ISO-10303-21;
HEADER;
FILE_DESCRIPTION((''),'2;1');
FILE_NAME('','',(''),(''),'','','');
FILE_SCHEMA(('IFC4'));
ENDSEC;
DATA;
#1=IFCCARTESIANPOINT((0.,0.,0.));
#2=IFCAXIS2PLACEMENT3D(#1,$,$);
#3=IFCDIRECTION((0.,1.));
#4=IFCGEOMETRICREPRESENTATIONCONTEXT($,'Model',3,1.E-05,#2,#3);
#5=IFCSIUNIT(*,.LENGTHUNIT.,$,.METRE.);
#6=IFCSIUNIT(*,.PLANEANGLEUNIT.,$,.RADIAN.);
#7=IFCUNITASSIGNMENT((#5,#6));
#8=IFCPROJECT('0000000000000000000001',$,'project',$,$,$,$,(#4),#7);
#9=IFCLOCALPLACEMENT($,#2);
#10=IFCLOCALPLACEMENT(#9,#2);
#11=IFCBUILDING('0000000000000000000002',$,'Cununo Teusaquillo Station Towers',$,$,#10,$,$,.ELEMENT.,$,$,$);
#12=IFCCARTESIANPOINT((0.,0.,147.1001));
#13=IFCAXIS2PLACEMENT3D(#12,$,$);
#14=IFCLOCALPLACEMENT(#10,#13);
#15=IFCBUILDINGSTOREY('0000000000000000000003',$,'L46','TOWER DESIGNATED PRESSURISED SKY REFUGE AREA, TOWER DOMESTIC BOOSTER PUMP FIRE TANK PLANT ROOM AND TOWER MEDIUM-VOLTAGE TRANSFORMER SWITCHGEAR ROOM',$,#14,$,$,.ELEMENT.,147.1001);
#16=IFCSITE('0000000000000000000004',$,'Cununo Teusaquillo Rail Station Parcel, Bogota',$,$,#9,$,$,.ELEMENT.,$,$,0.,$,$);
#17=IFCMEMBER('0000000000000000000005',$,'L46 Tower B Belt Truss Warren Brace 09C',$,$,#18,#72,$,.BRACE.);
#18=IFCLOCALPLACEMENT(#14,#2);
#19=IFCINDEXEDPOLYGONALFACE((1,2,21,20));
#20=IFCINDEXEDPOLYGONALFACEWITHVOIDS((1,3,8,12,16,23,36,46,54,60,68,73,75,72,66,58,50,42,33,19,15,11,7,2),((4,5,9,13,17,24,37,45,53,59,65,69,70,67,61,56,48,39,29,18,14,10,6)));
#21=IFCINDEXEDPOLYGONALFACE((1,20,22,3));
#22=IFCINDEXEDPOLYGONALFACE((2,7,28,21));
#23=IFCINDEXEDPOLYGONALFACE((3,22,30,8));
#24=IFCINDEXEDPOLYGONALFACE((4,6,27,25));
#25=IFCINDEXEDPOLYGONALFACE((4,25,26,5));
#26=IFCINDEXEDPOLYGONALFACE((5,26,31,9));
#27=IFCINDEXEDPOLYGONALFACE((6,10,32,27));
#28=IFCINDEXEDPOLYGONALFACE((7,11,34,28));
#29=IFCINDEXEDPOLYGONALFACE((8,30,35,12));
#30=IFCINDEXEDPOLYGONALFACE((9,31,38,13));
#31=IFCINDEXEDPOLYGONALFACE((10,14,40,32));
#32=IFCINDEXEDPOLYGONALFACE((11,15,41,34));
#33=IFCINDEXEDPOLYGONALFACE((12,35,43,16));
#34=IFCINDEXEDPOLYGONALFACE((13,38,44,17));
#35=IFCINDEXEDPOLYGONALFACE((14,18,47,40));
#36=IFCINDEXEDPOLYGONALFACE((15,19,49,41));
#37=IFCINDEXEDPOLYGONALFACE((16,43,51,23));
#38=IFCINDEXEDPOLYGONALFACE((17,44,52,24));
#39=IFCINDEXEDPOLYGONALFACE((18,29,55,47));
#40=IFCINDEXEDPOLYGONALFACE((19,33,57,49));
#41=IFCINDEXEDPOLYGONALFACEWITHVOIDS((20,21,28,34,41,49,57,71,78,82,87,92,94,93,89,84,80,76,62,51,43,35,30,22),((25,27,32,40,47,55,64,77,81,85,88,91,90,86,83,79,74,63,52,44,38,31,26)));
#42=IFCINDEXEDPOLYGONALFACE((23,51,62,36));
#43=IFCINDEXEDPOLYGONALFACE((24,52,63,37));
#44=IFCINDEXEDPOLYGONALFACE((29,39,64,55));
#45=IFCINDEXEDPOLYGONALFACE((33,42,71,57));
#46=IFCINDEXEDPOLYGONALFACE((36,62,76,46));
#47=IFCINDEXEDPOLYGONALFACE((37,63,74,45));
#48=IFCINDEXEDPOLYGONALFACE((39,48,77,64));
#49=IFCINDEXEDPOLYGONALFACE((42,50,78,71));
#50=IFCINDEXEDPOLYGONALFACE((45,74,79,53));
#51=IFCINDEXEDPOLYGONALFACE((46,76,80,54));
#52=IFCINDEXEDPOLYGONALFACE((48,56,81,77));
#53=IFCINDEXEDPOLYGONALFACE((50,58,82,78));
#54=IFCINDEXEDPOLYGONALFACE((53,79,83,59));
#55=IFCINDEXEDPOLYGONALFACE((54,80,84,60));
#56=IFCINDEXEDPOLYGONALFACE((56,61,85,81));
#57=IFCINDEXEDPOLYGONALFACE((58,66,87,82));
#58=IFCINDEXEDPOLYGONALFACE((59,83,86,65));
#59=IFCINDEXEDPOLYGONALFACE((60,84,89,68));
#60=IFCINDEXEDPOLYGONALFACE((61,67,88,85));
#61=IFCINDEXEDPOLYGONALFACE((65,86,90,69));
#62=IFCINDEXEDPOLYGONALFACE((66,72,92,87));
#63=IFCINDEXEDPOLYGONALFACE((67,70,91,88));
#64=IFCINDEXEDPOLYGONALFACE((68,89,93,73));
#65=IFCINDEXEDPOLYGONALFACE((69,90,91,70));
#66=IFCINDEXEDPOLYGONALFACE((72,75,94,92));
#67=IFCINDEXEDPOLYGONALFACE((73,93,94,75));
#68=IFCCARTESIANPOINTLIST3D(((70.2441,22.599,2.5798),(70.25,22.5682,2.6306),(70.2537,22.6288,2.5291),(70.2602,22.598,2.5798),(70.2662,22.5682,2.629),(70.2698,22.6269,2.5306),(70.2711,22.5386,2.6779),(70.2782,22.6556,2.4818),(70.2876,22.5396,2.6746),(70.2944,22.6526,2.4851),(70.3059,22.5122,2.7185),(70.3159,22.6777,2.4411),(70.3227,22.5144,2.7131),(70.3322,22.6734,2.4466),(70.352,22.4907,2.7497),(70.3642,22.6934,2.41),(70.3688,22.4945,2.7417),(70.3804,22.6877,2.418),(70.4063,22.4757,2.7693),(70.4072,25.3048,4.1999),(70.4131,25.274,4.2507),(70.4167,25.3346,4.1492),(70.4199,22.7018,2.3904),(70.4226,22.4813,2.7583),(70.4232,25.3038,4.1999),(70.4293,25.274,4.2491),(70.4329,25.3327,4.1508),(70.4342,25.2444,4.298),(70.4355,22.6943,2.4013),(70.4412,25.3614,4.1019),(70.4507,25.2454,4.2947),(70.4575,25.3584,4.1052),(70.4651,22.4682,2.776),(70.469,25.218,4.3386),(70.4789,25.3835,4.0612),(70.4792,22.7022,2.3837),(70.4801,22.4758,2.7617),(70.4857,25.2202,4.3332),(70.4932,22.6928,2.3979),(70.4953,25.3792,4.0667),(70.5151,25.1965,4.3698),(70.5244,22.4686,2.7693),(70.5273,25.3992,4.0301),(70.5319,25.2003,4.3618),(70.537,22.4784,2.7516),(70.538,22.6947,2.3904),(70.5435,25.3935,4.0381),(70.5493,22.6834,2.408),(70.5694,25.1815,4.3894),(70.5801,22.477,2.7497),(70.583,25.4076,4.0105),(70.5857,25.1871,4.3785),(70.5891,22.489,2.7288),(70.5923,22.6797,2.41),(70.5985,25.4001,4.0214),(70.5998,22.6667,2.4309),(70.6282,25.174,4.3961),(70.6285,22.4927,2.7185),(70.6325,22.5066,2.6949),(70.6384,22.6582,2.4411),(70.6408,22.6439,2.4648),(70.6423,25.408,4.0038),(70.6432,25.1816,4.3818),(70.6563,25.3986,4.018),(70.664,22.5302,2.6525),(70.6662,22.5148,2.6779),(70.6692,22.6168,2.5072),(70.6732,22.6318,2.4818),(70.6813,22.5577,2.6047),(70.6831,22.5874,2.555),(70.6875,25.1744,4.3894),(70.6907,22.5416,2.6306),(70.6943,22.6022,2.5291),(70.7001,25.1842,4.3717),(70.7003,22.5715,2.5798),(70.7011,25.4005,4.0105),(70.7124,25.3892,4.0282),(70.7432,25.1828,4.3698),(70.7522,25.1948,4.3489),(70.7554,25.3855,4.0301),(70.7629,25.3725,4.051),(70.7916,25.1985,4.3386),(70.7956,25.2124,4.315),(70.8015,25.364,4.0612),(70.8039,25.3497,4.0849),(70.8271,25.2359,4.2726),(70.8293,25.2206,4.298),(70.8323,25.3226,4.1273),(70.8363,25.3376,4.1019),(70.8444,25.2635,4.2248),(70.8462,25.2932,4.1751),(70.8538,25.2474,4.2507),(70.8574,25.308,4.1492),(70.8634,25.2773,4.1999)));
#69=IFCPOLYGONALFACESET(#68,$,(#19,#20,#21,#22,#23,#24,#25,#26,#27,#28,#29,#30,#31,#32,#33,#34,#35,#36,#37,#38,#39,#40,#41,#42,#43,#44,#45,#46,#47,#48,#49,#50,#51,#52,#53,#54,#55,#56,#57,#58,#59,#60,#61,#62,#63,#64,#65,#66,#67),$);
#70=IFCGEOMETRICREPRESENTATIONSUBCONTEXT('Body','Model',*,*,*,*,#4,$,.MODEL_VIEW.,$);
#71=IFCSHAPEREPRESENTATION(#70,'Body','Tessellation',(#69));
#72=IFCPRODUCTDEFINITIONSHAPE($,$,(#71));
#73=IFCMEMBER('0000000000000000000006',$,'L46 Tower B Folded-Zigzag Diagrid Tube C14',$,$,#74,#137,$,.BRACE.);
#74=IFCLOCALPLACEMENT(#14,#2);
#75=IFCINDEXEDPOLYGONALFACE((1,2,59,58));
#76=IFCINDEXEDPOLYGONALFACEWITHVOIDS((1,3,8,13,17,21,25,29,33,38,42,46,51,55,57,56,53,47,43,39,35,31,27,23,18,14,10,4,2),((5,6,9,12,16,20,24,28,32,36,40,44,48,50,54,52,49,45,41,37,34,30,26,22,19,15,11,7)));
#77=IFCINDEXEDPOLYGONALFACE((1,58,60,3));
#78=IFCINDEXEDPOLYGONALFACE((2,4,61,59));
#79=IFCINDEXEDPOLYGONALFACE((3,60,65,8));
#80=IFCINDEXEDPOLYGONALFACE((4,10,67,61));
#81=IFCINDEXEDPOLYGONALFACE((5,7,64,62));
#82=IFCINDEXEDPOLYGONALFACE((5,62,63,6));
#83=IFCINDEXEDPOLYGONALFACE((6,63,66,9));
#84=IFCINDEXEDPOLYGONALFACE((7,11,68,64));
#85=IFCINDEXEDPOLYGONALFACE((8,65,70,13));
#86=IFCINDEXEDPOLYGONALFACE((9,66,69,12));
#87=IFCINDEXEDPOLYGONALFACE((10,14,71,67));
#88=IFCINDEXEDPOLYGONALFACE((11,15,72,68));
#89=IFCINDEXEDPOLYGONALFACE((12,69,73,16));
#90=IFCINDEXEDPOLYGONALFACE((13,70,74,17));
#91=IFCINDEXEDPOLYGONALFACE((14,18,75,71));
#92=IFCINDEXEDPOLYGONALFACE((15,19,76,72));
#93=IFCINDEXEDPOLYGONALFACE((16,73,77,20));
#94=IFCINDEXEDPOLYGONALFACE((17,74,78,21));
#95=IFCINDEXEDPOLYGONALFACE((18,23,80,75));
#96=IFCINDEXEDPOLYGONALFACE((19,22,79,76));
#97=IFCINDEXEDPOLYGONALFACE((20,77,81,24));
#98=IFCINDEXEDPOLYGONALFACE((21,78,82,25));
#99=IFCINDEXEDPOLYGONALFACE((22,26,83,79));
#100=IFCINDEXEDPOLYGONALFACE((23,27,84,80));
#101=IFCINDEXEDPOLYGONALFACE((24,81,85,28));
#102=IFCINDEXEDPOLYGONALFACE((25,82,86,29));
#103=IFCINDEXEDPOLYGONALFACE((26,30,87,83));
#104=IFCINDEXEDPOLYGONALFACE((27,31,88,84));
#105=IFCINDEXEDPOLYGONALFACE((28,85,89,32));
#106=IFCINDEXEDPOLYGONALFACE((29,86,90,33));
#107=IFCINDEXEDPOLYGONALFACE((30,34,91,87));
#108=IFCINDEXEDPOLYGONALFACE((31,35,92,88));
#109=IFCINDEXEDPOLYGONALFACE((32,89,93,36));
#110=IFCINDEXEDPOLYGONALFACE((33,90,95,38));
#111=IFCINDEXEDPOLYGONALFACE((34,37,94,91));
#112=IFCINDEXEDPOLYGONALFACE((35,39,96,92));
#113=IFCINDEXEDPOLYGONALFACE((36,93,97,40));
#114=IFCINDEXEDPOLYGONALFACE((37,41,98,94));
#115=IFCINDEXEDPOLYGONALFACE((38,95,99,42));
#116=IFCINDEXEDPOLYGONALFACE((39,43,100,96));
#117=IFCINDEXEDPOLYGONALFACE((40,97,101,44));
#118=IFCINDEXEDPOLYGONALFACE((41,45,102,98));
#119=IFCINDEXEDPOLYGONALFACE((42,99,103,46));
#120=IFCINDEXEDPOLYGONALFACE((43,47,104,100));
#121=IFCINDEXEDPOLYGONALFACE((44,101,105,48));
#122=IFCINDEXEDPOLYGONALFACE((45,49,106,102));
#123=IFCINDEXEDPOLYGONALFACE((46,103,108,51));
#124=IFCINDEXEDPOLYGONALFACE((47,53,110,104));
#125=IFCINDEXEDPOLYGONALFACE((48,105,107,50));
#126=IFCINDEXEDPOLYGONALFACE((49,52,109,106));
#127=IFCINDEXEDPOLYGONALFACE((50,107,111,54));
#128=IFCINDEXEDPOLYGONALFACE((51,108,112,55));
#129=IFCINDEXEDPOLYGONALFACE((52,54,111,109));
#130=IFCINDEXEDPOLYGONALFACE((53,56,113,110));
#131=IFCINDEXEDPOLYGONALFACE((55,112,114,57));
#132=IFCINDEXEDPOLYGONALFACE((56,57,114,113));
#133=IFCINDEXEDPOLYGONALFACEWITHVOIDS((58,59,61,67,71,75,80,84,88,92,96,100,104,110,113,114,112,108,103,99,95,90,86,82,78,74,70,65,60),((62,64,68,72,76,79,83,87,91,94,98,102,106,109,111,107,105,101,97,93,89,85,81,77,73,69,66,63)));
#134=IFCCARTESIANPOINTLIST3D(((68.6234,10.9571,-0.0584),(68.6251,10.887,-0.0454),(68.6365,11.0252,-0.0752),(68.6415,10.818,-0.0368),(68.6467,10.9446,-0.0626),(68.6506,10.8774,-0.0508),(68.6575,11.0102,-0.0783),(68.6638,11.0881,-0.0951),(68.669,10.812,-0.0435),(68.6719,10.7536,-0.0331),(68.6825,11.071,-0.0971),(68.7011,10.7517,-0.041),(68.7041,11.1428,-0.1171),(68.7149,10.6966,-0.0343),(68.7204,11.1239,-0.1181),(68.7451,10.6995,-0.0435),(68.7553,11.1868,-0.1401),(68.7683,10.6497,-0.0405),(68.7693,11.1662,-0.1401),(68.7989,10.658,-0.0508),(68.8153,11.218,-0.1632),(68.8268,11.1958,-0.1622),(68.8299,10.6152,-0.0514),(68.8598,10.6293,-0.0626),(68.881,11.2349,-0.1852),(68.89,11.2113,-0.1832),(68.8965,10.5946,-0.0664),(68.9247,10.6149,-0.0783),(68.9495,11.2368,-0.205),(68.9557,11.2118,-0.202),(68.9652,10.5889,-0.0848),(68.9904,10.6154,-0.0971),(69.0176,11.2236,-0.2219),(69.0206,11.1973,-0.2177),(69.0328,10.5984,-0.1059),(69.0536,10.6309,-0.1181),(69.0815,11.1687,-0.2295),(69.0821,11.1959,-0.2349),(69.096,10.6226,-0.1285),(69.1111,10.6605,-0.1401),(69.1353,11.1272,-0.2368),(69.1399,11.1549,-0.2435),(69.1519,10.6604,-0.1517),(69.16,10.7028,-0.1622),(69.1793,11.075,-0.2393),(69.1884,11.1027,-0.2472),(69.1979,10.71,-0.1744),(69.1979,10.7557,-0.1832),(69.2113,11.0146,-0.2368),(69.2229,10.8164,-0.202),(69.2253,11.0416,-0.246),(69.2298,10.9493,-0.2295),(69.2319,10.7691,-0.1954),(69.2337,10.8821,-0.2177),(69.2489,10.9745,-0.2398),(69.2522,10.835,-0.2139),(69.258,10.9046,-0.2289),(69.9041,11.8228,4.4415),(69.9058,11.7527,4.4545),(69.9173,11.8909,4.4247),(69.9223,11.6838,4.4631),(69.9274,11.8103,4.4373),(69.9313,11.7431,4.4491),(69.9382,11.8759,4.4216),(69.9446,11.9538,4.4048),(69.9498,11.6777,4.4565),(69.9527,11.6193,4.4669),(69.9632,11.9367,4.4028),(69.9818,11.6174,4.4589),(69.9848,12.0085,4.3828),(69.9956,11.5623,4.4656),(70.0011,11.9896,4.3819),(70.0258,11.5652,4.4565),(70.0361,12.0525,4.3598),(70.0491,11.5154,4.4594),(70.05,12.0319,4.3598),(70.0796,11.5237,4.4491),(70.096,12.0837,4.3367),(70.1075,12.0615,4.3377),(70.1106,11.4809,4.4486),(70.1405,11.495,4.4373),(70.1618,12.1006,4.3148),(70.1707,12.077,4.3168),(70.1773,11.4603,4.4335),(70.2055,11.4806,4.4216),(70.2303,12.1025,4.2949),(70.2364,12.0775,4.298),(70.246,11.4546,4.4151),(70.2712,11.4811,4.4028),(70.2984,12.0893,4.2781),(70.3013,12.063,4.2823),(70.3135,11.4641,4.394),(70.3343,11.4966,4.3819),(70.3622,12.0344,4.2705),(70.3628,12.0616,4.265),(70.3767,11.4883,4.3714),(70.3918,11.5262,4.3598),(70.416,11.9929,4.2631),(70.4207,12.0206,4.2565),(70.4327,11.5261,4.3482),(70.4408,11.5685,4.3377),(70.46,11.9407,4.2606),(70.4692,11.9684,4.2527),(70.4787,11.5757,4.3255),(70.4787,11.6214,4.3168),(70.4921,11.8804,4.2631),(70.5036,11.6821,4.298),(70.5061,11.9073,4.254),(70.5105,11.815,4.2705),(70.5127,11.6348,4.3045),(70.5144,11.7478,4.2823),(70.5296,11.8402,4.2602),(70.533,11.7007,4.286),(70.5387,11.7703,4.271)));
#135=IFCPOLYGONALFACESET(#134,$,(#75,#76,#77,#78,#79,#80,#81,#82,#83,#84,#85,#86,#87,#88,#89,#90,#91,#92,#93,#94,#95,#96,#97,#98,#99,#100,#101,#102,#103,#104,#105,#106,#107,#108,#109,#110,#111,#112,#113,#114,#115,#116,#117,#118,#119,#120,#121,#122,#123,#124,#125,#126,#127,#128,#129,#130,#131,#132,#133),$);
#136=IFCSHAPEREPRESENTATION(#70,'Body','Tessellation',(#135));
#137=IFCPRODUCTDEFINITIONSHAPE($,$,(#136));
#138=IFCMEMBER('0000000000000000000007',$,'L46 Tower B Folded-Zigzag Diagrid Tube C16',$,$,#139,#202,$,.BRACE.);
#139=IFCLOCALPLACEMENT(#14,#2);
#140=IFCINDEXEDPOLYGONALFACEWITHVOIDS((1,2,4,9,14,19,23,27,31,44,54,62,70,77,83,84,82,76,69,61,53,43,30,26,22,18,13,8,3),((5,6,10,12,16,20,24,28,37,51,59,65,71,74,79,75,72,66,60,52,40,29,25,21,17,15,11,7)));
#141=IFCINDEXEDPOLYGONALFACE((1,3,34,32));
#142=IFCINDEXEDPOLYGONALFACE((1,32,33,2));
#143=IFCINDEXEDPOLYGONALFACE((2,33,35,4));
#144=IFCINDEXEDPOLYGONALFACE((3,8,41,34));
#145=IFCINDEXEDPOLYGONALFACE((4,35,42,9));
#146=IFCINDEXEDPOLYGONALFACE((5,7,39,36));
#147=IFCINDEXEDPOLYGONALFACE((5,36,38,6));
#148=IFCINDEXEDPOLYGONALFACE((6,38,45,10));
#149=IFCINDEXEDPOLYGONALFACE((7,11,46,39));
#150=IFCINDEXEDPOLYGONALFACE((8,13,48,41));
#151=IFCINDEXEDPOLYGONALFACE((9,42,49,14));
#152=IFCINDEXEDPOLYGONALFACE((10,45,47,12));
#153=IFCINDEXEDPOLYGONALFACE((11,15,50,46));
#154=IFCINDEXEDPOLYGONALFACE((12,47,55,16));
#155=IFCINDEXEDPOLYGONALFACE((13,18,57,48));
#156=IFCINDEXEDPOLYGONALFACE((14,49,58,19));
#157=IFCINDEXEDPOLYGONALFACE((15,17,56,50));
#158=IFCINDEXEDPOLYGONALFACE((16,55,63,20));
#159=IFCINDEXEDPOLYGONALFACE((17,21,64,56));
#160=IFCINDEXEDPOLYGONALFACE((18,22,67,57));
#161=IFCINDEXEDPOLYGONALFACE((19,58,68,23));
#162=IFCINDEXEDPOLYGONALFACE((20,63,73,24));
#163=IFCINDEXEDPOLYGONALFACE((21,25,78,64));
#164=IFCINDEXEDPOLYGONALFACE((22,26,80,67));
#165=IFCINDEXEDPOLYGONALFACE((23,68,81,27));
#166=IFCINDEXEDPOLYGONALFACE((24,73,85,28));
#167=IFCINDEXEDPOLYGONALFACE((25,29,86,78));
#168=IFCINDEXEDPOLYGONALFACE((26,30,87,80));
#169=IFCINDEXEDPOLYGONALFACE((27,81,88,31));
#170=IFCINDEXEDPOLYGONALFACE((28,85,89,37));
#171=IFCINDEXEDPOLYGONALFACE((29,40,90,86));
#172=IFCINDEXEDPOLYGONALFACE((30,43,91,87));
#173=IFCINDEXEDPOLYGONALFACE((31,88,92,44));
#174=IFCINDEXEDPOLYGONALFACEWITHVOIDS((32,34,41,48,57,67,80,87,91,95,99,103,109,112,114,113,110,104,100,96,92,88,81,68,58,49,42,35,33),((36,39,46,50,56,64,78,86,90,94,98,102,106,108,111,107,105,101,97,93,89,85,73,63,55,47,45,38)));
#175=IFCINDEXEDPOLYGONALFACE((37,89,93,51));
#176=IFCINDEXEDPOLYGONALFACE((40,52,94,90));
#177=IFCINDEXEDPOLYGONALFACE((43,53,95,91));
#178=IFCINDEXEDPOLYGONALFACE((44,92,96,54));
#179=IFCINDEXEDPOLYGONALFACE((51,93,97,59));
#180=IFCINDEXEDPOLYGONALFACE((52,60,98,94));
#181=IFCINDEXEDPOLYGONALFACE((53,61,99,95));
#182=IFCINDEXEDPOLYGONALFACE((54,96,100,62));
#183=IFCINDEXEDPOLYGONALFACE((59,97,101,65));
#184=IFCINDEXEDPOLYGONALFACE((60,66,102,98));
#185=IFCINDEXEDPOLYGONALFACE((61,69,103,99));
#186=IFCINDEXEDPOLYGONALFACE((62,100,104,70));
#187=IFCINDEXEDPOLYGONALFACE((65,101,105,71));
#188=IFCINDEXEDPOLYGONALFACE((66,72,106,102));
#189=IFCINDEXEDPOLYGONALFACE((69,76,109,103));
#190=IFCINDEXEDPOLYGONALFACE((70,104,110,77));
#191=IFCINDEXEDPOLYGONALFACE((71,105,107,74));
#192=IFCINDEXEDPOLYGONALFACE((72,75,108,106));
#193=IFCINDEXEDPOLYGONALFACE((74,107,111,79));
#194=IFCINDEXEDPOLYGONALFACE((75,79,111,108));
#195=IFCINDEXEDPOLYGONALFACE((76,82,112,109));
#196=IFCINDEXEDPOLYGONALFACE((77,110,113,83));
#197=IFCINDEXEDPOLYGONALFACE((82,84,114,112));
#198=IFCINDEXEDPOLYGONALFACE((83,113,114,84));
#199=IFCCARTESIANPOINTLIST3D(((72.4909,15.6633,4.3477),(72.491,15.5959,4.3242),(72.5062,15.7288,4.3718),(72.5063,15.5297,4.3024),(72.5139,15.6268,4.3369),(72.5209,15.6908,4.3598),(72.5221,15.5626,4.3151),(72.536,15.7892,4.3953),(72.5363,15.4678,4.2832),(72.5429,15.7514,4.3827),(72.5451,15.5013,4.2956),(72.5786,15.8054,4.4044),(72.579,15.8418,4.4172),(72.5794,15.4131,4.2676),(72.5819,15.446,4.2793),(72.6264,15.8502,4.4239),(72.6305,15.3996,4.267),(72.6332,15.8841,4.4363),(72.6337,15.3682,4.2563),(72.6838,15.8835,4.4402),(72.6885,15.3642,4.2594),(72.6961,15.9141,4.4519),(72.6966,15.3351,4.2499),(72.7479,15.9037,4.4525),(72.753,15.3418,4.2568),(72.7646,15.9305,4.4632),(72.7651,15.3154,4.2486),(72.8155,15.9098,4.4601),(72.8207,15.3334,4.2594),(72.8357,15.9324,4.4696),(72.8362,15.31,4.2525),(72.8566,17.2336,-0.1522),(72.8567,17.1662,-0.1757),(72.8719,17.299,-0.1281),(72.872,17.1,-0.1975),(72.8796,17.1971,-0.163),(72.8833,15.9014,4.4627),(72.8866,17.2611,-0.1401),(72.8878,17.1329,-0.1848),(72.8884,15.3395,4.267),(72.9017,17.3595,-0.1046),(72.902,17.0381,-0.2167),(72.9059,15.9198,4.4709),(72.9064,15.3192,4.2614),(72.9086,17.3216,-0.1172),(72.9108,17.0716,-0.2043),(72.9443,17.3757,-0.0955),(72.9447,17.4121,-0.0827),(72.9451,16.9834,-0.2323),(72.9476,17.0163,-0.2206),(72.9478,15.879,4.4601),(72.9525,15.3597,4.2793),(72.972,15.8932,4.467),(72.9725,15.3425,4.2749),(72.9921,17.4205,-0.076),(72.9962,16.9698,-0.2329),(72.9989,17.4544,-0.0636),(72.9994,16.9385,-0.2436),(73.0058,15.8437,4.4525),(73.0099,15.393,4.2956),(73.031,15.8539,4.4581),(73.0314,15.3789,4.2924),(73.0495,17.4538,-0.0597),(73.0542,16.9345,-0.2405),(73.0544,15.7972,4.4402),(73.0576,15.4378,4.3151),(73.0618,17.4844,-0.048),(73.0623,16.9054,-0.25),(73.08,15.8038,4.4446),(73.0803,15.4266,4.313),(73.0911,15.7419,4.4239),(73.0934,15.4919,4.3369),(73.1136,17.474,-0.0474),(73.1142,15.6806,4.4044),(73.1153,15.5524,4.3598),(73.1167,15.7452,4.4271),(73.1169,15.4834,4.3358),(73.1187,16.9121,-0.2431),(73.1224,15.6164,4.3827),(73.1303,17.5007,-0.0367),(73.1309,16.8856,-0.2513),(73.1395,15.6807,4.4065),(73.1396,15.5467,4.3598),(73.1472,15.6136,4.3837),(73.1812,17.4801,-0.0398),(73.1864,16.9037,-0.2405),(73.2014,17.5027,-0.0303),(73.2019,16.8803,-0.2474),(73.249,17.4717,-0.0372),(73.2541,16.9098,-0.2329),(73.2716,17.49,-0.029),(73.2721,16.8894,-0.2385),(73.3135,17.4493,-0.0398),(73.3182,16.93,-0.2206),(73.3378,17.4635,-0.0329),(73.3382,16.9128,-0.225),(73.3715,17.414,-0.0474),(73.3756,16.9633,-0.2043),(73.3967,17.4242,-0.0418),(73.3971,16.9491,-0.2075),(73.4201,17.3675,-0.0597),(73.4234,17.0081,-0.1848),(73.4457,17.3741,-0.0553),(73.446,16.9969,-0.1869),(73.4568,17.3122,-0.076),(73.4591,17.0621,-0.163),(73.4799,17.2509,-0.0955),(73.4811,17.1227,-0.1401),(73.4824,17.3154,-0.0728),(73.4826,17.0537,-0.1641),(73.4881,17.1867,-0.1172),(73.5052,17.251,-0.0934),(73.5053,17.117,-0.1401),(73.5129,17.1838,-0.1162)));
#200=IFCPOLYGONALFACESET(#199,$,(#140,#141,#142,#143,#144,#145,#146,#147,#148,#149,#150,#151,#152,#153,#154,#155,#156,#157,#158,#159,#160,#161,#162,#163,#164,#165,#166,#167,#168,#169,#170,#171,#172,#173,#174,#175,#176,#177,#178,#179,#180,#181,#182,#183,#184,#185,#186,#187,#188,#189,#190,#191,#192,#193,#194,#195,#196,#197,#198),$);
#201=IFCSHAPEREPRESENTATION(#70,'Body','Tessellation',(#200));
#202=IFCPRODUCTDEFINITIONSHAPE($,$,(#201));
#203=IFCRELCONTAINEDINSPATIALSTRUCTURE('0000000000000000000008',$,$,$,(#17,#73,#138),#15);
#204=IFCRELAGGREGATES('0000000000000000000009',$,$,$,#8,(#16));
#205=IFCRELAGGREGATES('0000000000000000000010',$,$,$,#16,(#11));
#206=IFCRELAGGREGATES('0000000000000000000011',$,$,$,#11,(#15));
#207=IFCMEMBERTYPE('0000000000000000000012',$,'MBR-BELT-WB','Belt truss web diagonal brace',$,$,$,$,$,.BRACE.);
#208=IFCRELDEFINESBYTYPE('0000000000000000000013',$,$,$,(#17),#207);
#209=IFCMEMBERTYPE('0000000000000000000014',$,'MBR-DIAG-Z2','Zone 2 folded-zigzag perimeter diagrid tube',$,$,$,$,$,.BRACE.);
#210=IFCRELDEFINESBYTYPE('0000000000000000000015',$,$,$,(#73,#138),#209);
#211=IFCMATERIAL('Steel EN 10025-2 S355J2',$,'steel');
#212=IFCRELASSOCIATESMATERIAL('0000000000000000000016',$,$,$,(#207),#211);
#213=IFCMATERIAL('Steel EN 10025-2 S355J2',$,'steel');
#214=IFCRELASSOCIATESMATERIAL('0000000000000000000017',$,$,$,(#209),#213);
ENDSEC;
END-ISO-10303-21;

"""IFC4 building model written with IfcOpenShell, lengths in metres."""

from ifc_helpers import new_model, si_unit, direction, frame, origin, origin_2d, place, context, subcontext, project, spatial, hollow_circle, extrude, material, material_profile, profile_set, type_object, element, save


model = new_model("IFC4")

# Units and contexts
model_context = context("Model", 3, precision=1e-05, world=origin(), true_north=direction((0.0, 1.0)))
body_context = subcontext(model_context, "Body", "Model", "MODEL_VIEW")
ifc_project = project(units=[si_unit("LENGTHUNIT", "METRE"), si_unit("PLANEANGLEUNIT", "RADIAN")], contexts=[model_context])

# Site, building, storey
site_placement = place(None, origin())
site = spatial("IfcSite", under=ifc_project, at=site_placement, Name="Cununo Teusaquillo Rail Station Parcel, Bogota", CompositionType="ELEMENT", RefElevation=0.0)
building_placement = place(site_placement, origin())
building = spatial("IfcBuilding", under=site, at=building_placement, Name="Cununo Teusaquillo Station Towers", CompositionType="ELEMENT")
storey_placement = place(building_placement, frame((0.0, 0.0, 147.1001)))
storey = spatial("IfcBuildingStorey", under=building, at=storey_placement, Name="L46", Description="TOWER DESIGNATED PRESSURISED SKY REFUGE AREA, TOWER DOMESTIC BOOSTER PUMP FIRE TANK PLANT ROOM AND TOWER MEDIUM-VOLTAGE TRANSFORMER SWITCHGEAR ROOM", CompositionType="ELEMENT", Elevation=147.1001)

# Members
ifc_material_1 = material(Name="Steel EN 10025-2 S355J2", Category="steel")
ifc_material_profile_1 = material_profile(ifc_material_1, hollow_circle(Radius=0.2285, WallThickness=0.0161, at=origin_2d()), Name="CHS 457x16")
ifc_profile_set_1 = profile_set([ifc_material_profile_1], Name="Steel EN 10025-2 S355J2")
member_type_1 = type_object("IfcMemberType", Name="MBR-BELT-WB", Description="Belt truss web diagonal brace", PredefinedType="BRACE", material=ifc_profile_set_1)
member_1_placement = place(storey_placement, frame((70.4722, 22.5852, 2.5798), z_axis=(0.051643, 0.856819, 0.513025), x_axis=(-0.998189, 0.060163, 0.0)))
element("IfcMember", 1, at=member_1_placement, inside=storey, type_object=member_type_1, Name="L46 Tower B Belt Truss Warren Brace 09C", PredefinedType="BRACE", context=body_context, shape_type="SweptSolid", body=[
    extrude(hollow_circle(Radius=0.2285, WallThickness=0.0161, at=origin_2d()), origin(), (0.0, 0.0, 1.0), 3.158),
])
ifc_material_2 = material(Name="Steel EN 10025-2 S355J2", Category="steel")
ifc_material_profile_2 = material_profile(ifc_material_2, hollow_circle(Radius=0.3301, WallThickness=0.0249, at=origin_2d()), Name="CHS 660x25")
ifc_profile_set_2 = profile_set([ifc_material_profile_2], Name="Steel EN 10025-2 S355J2")
member_type_2 = type_object("IfcMemberType", Name="MBR-DIAG-Z2", Description="Zone 2 folded-zigzag perimeter diagrid tube", PredefinedType="BRACE", material=ifc_profile_set_2)
member_2_placement = place(storey_placement, frame((68.9402, 10.9133, -0.1401), z_axis=(0.269173, 0.181946, 0.945749), x_axis=(-0.56001, 0.828486, 0.0)))
element("IfcMember", 2, at=member_2_placement, inside=storey, type_object=member_type_2, Name="L46 Tower B Folded-Zigzag Diagrid Tube C14", PredefinedType="BRACE", context=body_context, shape_type="SweptSolid", body=[
    extrude(hollow_circle(Radius=0.3301, WallThickness=0.0249, at=origin_2d()), origin(), (0.0, 0.0, 1.0), 4.7581),
])
member_3_placement = place(storey_placement, frame((73.1838, 17.1919, -0.1401), z_axis=(-0.076509, -0.328508, 0.941397), x_axis=(0.973935, -0.226828, 0.0)))
element("IfcMember", 3, at=member_3_placement, inside=storey, type_object=member_type_2, Name="L46 Tower B Folded-Zigzag Diagrid Tube C16", PredefinedType="BRACE", context=body_context, shape_type="SweptSolid", body=[
    extrude(hollow_circle(Radius=0.3301, WallThickness=0.0249, at=origin_2d()), origin(), (0.0, 0.0, 1.0), 4.78),
])

save(model, "model.ifc")
